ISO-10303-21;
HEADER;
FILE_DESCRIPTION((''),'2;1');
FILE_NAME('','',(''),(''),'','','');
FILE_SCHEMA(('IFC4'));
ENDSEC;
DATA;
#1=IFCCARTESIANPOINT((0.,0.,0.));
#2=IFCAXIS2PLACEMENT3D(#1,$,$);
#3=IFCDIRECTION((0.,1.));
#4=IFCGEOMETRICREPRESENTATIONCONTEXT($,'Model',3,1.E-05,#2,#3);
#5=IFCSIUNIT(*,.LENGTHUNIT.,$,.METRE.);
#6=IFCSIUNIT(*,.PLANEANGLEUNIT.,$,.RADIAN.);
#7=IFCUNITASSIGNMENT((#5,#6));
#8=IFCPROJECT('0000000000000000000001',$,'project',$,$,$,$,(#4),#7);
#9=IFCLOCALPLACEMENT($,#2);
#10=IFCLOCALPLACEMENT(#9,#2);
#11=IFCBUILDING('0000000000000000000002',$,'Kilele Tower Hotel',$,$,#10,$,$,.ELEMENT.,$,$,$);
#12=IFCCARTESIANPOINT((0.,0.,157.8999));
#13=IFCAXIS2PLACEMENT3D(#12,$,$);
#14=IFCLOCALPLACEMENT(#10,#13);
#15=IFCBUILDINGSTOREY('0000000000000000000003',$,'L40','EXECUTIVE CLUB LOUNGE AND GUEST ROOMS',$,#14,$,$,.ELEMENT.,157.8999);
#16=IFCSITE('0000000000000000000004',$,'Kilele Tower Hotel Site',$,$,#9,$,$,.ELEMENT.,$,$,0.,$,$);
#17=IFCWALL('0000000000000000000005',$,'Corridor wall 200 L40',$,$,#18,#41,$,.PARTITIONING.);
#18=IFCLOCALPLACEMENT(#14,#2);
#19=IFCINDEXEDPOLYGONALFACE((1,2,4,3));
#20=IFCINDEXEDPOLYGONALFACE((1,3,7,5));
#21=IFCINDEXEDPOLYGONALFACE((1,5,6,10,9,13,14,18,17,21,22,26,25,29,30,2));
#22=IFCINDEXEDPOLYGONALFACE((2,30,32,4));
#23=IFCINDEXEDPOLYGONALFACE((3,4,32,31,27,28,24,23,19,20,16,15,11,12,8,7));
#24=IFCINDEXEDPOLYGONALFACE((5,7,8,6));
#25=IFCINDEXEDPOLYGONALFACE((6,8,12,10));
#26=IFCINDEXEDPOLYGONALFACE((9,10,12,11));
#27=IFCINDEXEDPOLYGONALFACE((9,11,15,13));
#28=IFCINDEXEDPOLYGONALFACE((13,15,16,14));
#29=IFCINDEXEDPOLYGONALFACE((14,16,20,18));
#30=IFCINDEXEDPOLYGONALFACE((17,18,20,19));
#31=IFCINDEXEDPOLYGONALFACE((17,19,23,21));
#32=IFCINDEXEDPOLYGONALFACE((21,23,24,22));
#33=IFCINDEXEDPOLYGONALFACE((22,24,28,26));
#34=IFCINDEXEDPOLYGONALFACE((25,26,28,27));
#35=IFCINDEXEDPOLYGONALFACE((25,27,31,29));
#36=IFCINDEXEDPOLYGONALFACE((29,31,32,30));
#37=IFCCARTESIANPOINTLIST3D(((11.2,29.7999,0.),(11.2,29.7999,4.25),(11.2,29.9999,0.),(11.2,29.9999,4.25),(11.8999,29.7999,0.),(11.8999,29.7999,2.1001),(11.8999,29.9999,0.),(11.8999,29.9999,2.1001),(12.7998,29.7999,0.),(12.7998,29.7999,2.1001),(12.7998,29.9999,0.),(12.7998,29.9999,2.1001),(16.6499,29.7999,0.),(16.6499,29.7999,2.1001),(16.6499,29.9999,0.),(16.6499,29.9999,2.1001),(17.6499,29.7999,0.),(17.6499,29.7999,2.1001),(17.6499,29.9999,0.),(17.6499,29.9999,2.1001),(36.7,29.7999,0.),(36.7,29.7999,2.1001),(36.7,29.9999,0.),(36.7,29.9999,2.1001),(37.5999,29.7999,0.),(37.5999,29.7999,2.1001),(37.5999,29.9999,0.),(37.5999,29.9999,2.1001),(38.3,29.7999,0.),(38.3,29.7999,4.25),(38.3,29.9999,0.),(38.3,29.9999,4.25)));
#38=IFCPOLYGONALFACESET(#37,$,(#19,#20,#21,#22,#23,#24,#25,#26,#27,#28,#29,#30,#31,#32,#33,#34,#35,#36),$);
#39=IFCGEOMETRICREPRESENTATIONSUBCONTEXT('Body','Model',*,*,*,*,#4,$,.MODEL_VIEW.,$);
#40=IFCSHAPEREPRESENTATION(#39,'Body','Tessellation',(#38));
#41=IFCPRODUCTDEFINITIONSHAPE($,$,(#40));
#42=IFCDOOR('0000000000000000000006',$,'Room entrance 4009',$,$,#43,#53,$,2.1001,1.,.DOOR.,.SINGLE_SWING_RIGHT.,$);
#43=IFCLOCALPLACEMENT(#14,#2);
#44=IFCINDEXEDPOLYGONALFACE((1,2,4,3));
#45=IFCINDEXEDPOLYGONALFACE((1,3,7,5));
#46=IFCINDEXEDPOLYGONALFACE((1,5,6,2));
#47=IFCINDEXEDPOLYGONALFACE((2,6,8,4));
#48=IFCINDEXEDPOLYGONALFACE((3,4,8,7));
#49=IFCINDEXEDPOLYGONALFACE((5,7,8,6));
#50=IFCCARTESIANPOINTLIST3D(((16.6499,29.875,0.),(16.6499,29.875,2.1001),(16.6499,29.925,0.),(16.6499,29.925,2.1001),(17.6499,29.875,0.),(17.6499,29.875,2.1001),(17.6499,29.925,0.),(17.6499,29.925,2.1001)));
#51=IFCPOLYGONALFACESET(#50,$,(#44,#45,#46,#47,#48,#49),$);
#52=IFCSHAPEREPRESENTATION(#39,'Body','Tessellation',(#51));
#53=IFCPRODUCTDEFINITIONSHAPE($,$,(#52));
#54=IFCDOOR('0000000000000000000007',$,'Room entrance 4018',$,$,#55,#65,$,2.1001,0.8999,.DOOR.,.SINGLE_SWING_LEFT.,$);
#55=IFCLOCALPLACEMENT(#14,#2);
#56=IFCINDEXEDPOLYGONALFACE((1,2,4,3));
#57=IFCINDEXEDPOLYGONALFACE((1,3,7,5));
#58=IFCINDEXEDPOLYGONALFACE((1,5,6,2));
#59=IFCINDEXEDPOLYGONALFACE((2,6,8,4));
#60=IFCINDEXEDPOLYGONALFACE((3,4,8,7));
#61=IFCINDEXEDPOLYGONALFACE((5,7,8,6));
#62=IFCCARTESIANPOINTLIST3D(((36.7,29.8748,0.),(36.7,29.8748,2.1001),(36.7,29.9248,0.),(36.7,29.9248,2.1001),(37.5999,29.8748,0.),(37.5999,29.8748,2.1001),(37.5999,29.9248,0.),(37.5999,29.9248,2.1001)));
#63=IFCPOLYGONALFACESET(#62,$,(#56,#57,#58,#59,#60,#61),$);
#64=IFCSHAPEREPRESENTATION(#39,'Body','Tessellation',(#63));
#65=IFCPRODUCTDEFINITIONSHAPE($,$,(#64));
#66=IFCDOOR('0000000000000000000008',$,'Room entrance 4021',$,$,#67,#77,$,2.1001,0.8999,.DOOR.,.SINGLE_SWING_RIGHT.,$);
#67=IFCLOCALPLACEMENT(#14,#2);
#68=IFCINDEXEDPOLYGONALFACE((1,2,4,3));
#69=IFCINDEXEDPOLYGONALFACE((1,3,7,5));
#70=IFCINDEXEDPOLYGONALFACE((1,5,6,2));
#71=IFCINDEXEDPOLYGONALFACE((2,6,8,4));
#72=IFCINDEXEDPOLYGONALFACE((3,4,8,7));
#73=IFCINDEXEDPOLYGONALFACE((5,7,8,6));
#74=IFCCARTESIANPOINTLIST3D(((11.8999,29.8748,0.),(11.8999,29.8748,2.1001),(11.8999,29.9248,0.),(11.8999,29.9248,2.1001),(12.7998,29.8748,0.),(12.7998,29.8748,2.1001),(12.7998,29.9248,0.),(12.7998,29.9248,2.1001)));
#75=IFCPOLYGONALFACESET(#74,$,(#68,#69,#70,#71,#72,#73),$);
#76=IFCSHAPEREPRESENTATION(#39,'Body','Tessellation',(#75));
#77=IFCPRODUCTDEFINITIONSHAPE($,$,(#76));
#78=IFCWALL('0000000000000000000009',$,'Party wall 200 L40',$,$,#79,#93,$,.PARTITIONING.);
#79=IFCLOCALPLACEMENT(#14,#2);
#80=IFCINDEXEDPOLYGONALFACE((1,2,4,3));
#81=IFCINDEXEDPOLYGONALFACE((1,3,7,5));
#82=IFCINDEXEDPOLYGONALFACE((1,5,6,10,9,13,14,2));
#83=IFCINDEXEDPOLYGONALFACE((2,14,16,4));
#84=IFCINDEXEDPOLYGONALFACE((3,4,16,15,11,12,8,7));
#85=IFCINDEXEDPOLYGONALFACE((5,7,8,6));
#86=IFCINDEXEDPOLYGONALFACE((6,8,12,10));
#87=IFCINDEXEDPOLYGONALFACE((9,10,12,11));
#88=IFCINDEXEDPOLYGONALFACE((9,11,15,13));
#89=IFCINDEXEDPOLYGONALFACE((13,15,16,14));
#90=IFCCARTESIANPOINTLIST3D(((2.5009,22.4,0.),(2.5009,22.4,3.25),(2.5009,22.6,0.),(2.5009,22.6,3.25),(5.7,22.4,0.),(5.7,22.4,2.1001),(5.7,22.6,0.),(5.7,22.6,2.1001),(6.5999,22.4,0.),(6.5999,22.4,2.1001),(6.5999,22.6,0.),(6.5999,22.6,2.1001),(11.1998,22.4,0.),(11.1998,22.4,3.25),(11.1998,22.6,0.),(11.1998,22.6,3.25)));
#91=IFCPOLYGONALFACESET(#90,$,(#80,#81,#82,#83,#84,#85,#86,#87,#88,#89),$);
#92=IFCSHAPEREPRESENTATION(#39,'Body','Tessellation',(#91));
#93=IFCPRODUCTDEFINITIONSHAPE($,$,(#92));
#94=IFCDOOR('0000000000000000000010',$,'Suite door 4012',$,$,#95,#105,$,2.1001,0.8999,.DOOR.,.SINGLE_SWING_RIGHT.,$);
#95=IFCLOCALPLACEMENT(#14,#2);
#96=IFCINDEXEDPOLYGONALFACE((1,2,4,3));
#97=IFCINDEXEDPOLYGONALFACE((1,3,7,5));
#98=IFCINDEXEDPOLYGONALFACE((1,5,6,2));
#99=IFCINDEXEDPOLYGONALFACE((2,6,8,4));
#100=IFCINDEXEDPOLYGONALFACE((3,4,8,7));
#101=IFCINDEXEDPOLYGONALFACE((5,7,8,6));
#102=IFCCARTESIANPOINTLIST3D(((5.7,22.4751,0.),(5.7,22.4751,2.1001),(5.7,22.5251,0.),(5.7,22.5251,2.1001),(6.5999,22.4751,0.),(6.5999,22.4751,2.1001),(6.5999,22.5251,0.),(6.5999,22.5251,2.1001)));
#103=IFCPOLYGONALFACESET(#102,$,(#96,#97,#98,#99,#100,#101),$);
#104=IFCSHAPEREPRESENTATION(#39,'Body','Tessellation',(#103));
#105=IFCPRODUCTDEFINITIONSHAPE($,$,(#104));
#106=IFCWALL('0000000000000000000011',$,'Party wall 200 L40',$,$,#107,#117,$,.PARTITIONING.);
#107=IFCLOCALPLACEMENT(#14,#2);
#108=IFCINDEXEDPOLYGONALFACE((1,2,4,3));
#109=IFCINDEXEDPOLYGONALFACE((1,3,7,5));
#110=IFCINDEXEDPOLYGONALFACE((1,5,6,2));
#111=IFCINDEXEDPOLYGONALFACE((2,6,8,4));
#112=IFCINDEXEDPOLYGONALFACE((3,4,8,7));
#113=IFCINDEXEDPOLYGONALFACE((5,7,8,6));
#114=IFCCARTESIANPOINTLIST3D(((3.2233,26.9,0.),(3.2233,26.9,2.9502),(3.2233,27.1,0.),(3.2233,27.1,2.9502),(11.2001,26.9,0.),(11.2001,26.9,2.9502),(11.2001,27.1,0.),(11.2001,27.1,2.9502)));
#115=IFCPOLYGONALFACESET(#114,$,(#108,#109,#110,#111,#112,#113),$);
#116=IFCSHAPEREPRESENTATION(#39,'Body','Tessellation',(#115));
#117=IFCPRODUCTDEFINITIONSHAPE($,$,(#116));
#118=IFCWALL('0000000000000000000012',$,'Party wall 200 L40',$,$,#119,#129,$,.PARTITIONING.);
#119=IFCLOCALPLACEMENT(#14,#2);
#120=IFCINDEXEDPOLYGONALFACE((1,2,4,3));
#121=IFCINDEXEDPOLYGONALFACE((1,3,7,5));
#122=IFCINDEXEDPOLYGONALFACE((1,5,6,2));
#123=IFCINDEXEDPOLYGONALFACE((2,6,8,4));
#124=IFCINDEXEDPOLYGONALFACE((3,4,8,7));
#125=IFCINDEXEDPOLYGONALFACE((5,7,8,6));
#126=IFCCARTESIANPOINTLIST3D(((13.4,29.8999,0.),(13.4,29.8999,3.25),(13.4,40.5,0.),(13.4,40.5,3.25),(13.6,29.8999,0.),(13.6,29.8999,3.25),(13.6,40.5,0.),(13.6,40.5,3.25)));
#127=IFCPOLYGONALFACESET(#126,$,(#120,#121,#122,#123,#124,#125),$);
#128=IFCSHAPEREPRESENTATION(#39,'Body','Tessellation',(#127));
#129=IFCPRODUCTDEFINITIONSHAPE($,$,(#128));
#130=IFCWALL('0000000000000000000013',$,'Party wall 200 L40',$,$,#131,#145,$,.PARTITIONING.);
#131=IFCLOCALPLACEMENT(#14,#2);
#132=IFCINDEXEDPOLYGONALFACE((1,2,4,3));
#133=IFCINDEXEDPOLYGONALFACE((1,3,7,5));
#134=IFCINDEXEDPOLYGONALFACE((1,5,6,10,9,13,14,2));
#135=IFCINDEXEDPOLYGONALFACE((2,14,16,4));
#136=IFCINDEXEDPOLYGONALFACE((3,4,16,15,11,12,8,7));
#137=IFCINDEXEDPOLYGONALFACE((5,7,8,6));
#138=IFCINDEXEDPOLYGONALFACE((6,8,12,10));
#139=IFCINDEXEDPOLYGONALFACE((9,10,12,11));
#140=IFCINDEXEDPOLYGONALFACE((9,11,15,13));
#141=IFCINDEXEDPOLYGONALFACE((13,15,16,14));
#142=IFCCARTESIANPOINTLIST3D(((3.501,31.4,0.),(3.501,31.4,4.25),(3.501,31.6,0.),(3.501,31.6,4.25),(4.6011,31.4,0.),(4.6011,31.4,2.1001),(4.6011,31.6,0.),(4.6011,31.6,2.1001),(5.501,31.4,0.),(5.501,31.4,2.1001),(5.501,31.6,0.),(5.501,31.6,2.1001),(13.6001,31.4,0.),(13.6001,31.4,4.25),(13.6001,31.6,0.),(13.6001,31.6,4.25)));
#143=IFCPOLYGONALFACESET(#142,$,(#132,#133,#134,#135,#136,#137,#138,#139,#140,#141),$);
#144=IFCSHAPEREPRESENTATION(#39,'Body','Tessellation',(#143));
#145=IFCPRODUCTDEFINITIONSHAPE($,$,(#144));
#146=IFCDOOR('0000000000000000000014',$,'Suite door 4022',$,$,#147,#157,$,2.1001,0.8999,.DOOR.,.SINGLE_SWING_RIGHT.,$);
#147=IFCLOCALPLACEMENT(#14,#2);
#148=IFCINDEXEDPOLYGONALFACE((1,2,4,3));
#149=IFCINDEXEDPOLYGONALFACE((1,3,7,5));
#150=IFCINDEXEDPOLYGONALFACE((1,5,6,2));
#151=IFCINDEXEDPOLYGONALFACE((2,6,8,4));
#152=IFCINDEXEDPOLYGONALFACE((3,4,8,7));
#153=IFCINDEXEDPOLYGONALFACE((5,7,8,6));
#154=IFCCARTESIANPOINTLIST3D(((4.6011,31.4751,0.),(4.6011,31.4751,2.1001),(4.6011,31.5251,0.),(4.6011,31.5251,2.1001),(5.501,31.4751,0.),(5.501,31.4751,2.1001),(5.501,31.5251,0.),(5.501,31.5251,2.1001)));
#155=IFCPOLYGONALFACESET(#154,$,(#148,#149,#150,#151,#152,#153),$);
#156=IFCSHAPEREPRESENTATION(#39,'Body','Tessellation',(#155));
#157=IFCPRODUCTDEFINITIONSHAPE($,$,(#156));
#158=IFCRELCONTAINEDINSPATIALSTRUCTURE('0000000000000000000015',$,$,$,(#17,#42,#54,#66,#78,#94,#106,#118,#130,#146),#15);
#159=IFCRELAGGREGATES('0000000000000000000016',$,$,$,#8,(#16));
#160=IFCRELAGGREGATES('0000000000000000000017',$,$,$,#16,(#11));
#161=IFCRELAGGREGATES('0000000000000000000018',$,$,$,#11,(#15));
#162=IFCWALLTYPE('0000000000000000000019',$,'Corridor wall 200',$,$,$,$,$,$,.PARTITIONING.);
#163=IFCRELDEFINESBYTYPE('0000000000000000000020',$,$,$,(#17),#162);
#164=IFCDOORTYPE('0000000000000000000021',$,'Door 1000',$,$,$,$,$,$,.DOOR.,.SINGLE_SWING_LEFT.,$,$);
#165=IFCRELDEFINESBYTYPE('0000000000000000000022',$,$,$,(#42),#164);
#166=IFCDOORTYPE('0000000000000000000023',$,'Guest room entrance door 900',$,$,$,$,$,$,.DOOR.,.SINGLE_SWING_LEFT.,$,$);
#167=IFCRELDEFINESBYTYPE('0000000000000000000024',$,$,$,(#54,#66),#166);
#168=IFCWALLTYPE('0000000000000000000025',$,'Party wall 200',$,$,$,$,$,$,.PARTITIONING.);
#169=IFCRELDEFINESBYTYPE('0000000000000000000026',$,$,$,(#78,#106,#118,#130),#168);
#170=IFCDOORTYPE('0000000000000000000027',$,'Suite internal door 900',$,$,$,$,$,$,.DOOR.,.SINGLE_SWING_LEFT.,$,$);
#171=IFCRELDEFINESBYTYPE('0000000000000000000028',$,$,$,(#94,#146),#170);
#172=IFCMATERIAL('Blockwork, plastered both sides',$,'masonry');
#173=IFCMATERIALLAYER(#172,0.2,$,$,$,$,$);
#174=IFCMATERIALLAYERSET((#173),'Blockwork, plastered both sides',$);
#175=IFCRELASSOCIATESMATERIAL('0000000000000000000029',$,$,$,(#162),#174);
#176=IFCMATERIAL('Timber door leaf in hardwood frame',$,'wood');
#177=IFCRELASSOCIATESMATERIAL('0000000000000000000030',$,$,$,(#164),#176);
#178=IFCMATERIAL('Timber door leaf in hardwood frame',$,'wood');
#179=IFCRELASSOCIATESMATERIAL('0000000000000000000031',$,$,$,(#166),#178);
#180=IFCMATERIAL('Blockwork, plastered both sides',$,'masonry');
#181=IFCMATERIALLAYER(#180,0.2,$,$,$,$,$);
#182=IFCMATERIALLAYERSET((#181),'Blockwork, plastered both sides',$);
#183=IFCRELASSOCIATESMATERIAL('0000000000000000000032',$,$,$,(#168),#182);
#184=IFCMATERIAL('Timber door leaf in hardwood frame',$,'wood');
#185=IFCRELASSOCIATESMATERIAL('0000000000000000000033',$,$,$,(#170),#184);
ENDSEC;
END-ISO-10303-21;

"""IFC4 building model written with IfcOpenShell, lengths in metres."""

from ifc_helpers import new_model, si_unit, direction, frame, frame_2d, origin, place, context, subcontext, project, spatial, rectangle, extrude, material, layer, layer_set, type_object, element, fill, save


model = new_model("IFC4")

# Units and contexts
model_context = context("Model", 3, precision=1e-05, world=origin(), true_north=direction((0.0, 1.0)))
body_context = subcontext(model_context, "Body", "Model", "MODEL_VIEW")
ifc_project = project(units=[si_unit("LENGTHUNIT", "METRE"), si_unit("PLANEANGLEUNIT", "RADIAN")], contexts=[model_context])

# Site, building, storey
site_placement = place(None, origin())
site = spatial("IfcSite", under=ifc_project, at=site_placement, Name="Kilele Tower Hotel Site", CompositionType="ELEMENT", RefElevation=0.0)
building_placement = place(site_placement, origin())
building = spatial("IfcBuilding", under=site, at=building_placement, Name="Kilele Tower Hotel", CompositionType="ELEMENT")
storey_placement = place(building_placement, frame((0.0, 0.0, 157.8999)))
storey = spatial("IfcBuildingStorey", under=building, at=storey_placement, Name="L40", Description="EXECUTIVE CLUB LOUNGE AND GUEST ROOMS", CompositionType="ELEMENT", Elevation=157.8999)

# Wall, openings, doors
ifc_material_1 = material(Name="Blockwork, plastered both sides", Category="masonry")
ifc_layer_1 = layer(ifc_material_1, 0.2)
ifc_layer_set_1 = layer_set([ifc_layer_1], Name="Blockwork, plastered both sides")
wall_type_1 = type_object("IfcWallType", Name="Corridor wall 200", PredefinedType="PARTITIONING", material=ifc_layer_set_1)
wall_1_placement = place(storey_placement, frame((11.2, 29.8999, 0.0), z_axis=(0.0, 0.0, 1.0), x_axis=(1.0, 0.0, 0.0)))
wall_1 = element("IfcWall", 1, at=wall_1_placement, inside=storey, type_object=wall_type_1, Name="Corridor wall 200 L40", PredefinedType="PARTITIONING", context=body_context, shape_type="SweptSolid", body=[
    extrude(rectangle(XDim=27.1001, YDim=0.2, at=frame_2d((13.55, 0.0))), origin(), (0.0, 0.0, 1.0), 4.25),
])
opening_1_placement = place(wall_1_placement, frame((6.45, 0.0, 0.0), z_axis=(0.0, 0.0, 1.0), x_axis=(-1.0, 0.0, 0.0)))
opening_1 = element("IfcOpeningElement", 2, at=opening_1_placement, cuts=wall_1, PredefinedType="OPENING", context=body_context, shape_type="SweptSolid", body=[
    extrude(rectangle(XDim=1.0, YDim=2.1001, at=frame_2d((0.5, 1.05))), frame((0.0, 0.1099, 0.0), z_axis=(0.0, -1.0, 0.0), x_axis=(1.0, 0.0, 0.0)), (0.0, 0.0, 1.0), 0.22),
])
opening_2_placement = place(wall_1_placement, frame((25.5, 0.0, 0.0)))
opening_2 = element("IfcOpeningElement", 3, at=opening_2_placement, cuts=wall_1, PredefinedType="OPENING", context=body_context, shape_type="SweptSolid", body=[
    extrude(rectangle(XDim=0.8999, YDim=2.1001, at=frame_2d((0.45, 1.05))), frame((0.0, 0.1099, 0.0), z_axis=(0.0, -1.0, 0.0), x_axis=(1.0, 0.0, 0.0)), (0.0, 0.0, 1.0), 0.22),
])
opening_3_placement = place(wall_1_placement, frame((0.7, 0.0, 0.0)))
opening_3 = element("IfcOpeningElement", 4, at=opening_3_placement, cuts=wall_1, PredefinedType="OPENING", context=body_context, shape_type="SweptSolid", body=[
    extrude(rectangle(XDim=0.8999, YDim=2.1001, at=frame_2d((0.45, 1.05))), frame((0.0, 0.1099, 0.0), z_axis=(0.0, -1.0, 0.0), x_axis=(1.0, 0.0, 0.0)), (0.0, 0.0, 1.0), 0.22),
])
ifc_material_2 = material(Name="Timber door leaf in hardwood frame", Category="wood")
door_type_1 = type_object("IfcDoorType", Name="Door 1000", OperationType="SINGLE_SWING_LEFT", PredefinedType="DOOR", material=ifc_material_2)
door_1_placement = place(opening_1_placement, origin())
door_1 = element("IfcDoor", 5, at=door_1_placement, inside=storey, type_object=door_type_1, Name="Room entrance 4009", OperationType="SINGLE_SWING_RIGHT", OverallHeight=2.1001, OverallWidth=1.0, PredefinedType="DOOR", context=body_context, shape_type="SweptSolid", body=[
    extrude(rectangle(XDim=1.0, YDim=2.1001, at=frame_2d((0.5, 1.05))), frame((0.0, 0.0249, 0.0), z_axis=(0.0, -1.0, 0.0), x_axis=(1.0, 0.0, 0.0)), (0.0, 0.0, 1.0), 0.05),
])
fill(opening_1, door_1)
ifc_material_3 = material(Name="Timber door leaf in hardwood frame", Category="wood")
door_type_2 = type_object("IfcDoorType", Name="Guest room entrance door 900", OperationType="SINGLE_SWING_LEFT", PredefinedType="DOOR", material=ifc_material_3)
door_2_placement = place(opening_2_placement, origin())
door_2 = element("IfcDoor", 6, at=door_2_placement, inside=storey, type_object=door_type_2, Name="Room entrance 4018", OperationType="SINGLE_SWING_LEFT", OverallHeight=2.1001, OverallWidth=0.8999, PredefinedType="DOOR", context=body_context, shape_type="SweptSolid", body=[
    extrude(rectangle(XDim=0.8999, YDim=2.1001, at=frame_2d((0.45, 1.05))), frame((0.0, 0.0249, 0.0), z_axis=(0.0, -1.0, 0.0), x_axis=(1.0, 0.0, 0.0)), (0.0, 0.0, 1.0), 0.05),
])
fill(opening_2, door_2)
door_3_placement = place(opening_3_placement, origin())
door_3 = element("IfcDoor", 7, at=door_3_placement, inside=storey, type_object=door_type_2, Name="Room entrance 4021", OperationType="SINGLE_SWING_RIGHT", OverallHeight=2.1001, OverallWidth=0.8999, PredefinedType="DOOR", context=body_context, shape_type="SweptSolid", body=[
    extrude(rectangle(XDim=0.8999, YDim=2.1001, at=frame_2d((0.45, 1.05))), frame((0.0, 0.0249, 0.0), z_axis=(0.0, -1.0, 0.0), x_axis=(1.0, 0.0, 0.0)), (0.0, 0.0, 1.0), 0.05),
])
fill(opening_3, door_3)

# Wall, opening, door
ifc_material_4 = material(Name="Blockwork, plastered both sides", Category="masonry")
ifc_layer_2 = layer(ifc_material_4, 0.2)
ifc_layer_set_2 = layer_set([ifc_layer_2], Name="Blockwork, plastered both sides")
wall_type_2 = type_object("IfcWallType", Name="Party wall 200", PredefinedType="PARTITIONING", material=ifc_layer_set_2)
wall_2_placement = place(storey_placement, frame((11.2, 22.5, 0.0), z_axis=(0.0, 0.0, 1.0), x_axis=(-1.0, 0.0, 0.0)))
wall_2 = element("IfcWall", 8, at=wall_2_placement, inside=storey, type_object=wall_type_2, Name="Party wall 200 L40", PredefinedType="PARTITIONING", context=body_context, shape_type="SweptSolid", body=[
    extrude(rectangle(XDim=8.699, YDim=0.2, at=frame_2d((4.3496, 0.0))), origin(), (0.0, 0.0, 1.0), 3.25),
])
opening_4_placement = place(wall_2_placement, frame((4.6001, 0.0, 0.0)))
opening_4 = element("IfcOpeningElement", 9, at=opening_4_placement, cuts=wall_2, PredefinedType="OPENING", context=body_context, shape_type="SweptSolid", body=[
    extrude(rectangle(XDim=0.8999, YDim=2.1001, at=frame_2d((0.45, 1.05))), frame((0.0, 0.1099, 0.0), z_axis=(0.0, -1.0, 0.0), x_axis=(1.0, 0.0, 0.0)), (0.0, 0.0, 1.0), 0.22),
])
ifc_material_5 = material(Name="Timber door leaf in hardwood frame", Category="wood")
door_type_3 = type_object("IfcDoorType", Name="Suite internal door 900", OperationType="SINGLE_SWING_LEFT", PredefinedType="DOOR", material=ifc_material_5)
door_4_placement = place(opening_4_placement, origin())
door_4 = element("IfcDoor", 10, at=door_4_placement, inside=storey, type_object=door_type_3, Name="Suite door 4012", OperationType="SINGLE_SWING_RIGHT", OverallHeight=2.1001, OverallWidth=0.8999, PredefinedType="DOOR", context=body_context, shape_type="SweptSolid", body=[
    extrude(rectangle(XDim=0.8999, YDim=2.1001, at=frame_2d((0.45, 1.05))), frame((0.0, 0.0249, 0.0), z_axis=(0.0, -1.0, 0.0), x_axis=(1.0, 0.0, 0.0)), (0.0, 0.0, 1.0), 0.05),
])
fill(opening_4, door_4)

# Walls
wall_3_placement = place(storey_placement, frame((11.2, 27.0, 0.0), z_axis=(0.0, 0.0, 1.0), x_axis=(-1.0, 0.0, 0.0)))
element("IfcWall", 11, at=wall_3_placement, inside=storey, type_object=wall_type_2, Name="Party wall 200 L40", PredefinedType="PARTITIONING", context=body_context, shape_type="SweptSolid", body=[
    extrude(rectangle(XDim=7.9768, YDim=0.2, at=frame_2d((3.9883, 0.0))), origin(), (0.0, 0.0, 1.0), 2.9502),
])
wall_4_placement = place(storey_placement, frame((13.5, 29.8999, 0.0), z_axis=(0.0, 0.0, 1.0), x_axis=(0.0, 1.0, 0.0)))
element("IfcWall", 12, at=wall_4_placement, inside=storey, type_object=wall_type_2, Name="Party wall 200 L40", PredefinedType="PARTITIONING", context=body_context, shape_type="SweptSolid", body=[
    extrude(rectangle(XDim=10.6001, YDim=0.2, at=frame_2d((5.3, 0.0))), origin(), (0.0, 0.0, 1.0), 3.25),
])

# Wall, opening, door
wall_5_placement = place(storey_placement, frame((13.6001, 31.5, 0.0), z_axis=(0.0, 0.0, 1.0), x_axis=(-1.0, 0.0, 0.0)))
wall_5 = element("IfcWall", 13, at=wall_5_placement, inside=storey, type_object=wall_type_2, Name="Party wall 200 L40", PredefinedType="PARTITIONING", context=body_context, shape_type="SweptSolid", body=[
    extrude(rectangle(XDim=10.0991, YDim=0.2, at=frame_2d((5.0496, 0.0))), origin(), (0.0, 0.0, 1.0), 4.25),
])
opening_5_placement = place(wall_5_placement, frame((8.0991, 0.0, 0.0)))
opening_5 = element("IfcOpeningElement", 14, at=opening_5_placement, cuts=wall_5, PredefinedType="OPENING", context=body_context, shape_type="SweptSolid", body=[
    extrude(rectangle(XDim=0.8999, YDim=2.1001, at=frame_2d((0.45, 1.05))), frame((0.0, 0.1099, 0.0), z_axis=(0.0, -1.0, 0.0), x_axis=(1.0, 0.0, 0.0)), (0.0, 0.0, 1.0), 0.22),
])
door_5_placement = place(opening_5_placement, origin())
door_5 = element("IfcDoor", 15, at=door_5_placement, inside=storey, type_object=door_type_3, Name="Suite door 4022", OperationType="SINGLE_SWING_RIGHT", OverallHeight=2.1001, OverallWidth=0.8999, PredefinedType="DOOR", context=body_context, shape_type="SweptSolid", body=[
    extrude(rectangle(XDim=0.8999, YDim=2.1001, at=frame_2d((0.45, 1.05))), frame((0.0, 0.0249, 0.0), z_axis=(0.0, -1.0, 0.0), x_axis=(1.0, 0.0, 0.0)), (0.0, 0.0, 1.0), 0.05),
])
fill(opening_5, door_5)

save(model, "model.ifc")
